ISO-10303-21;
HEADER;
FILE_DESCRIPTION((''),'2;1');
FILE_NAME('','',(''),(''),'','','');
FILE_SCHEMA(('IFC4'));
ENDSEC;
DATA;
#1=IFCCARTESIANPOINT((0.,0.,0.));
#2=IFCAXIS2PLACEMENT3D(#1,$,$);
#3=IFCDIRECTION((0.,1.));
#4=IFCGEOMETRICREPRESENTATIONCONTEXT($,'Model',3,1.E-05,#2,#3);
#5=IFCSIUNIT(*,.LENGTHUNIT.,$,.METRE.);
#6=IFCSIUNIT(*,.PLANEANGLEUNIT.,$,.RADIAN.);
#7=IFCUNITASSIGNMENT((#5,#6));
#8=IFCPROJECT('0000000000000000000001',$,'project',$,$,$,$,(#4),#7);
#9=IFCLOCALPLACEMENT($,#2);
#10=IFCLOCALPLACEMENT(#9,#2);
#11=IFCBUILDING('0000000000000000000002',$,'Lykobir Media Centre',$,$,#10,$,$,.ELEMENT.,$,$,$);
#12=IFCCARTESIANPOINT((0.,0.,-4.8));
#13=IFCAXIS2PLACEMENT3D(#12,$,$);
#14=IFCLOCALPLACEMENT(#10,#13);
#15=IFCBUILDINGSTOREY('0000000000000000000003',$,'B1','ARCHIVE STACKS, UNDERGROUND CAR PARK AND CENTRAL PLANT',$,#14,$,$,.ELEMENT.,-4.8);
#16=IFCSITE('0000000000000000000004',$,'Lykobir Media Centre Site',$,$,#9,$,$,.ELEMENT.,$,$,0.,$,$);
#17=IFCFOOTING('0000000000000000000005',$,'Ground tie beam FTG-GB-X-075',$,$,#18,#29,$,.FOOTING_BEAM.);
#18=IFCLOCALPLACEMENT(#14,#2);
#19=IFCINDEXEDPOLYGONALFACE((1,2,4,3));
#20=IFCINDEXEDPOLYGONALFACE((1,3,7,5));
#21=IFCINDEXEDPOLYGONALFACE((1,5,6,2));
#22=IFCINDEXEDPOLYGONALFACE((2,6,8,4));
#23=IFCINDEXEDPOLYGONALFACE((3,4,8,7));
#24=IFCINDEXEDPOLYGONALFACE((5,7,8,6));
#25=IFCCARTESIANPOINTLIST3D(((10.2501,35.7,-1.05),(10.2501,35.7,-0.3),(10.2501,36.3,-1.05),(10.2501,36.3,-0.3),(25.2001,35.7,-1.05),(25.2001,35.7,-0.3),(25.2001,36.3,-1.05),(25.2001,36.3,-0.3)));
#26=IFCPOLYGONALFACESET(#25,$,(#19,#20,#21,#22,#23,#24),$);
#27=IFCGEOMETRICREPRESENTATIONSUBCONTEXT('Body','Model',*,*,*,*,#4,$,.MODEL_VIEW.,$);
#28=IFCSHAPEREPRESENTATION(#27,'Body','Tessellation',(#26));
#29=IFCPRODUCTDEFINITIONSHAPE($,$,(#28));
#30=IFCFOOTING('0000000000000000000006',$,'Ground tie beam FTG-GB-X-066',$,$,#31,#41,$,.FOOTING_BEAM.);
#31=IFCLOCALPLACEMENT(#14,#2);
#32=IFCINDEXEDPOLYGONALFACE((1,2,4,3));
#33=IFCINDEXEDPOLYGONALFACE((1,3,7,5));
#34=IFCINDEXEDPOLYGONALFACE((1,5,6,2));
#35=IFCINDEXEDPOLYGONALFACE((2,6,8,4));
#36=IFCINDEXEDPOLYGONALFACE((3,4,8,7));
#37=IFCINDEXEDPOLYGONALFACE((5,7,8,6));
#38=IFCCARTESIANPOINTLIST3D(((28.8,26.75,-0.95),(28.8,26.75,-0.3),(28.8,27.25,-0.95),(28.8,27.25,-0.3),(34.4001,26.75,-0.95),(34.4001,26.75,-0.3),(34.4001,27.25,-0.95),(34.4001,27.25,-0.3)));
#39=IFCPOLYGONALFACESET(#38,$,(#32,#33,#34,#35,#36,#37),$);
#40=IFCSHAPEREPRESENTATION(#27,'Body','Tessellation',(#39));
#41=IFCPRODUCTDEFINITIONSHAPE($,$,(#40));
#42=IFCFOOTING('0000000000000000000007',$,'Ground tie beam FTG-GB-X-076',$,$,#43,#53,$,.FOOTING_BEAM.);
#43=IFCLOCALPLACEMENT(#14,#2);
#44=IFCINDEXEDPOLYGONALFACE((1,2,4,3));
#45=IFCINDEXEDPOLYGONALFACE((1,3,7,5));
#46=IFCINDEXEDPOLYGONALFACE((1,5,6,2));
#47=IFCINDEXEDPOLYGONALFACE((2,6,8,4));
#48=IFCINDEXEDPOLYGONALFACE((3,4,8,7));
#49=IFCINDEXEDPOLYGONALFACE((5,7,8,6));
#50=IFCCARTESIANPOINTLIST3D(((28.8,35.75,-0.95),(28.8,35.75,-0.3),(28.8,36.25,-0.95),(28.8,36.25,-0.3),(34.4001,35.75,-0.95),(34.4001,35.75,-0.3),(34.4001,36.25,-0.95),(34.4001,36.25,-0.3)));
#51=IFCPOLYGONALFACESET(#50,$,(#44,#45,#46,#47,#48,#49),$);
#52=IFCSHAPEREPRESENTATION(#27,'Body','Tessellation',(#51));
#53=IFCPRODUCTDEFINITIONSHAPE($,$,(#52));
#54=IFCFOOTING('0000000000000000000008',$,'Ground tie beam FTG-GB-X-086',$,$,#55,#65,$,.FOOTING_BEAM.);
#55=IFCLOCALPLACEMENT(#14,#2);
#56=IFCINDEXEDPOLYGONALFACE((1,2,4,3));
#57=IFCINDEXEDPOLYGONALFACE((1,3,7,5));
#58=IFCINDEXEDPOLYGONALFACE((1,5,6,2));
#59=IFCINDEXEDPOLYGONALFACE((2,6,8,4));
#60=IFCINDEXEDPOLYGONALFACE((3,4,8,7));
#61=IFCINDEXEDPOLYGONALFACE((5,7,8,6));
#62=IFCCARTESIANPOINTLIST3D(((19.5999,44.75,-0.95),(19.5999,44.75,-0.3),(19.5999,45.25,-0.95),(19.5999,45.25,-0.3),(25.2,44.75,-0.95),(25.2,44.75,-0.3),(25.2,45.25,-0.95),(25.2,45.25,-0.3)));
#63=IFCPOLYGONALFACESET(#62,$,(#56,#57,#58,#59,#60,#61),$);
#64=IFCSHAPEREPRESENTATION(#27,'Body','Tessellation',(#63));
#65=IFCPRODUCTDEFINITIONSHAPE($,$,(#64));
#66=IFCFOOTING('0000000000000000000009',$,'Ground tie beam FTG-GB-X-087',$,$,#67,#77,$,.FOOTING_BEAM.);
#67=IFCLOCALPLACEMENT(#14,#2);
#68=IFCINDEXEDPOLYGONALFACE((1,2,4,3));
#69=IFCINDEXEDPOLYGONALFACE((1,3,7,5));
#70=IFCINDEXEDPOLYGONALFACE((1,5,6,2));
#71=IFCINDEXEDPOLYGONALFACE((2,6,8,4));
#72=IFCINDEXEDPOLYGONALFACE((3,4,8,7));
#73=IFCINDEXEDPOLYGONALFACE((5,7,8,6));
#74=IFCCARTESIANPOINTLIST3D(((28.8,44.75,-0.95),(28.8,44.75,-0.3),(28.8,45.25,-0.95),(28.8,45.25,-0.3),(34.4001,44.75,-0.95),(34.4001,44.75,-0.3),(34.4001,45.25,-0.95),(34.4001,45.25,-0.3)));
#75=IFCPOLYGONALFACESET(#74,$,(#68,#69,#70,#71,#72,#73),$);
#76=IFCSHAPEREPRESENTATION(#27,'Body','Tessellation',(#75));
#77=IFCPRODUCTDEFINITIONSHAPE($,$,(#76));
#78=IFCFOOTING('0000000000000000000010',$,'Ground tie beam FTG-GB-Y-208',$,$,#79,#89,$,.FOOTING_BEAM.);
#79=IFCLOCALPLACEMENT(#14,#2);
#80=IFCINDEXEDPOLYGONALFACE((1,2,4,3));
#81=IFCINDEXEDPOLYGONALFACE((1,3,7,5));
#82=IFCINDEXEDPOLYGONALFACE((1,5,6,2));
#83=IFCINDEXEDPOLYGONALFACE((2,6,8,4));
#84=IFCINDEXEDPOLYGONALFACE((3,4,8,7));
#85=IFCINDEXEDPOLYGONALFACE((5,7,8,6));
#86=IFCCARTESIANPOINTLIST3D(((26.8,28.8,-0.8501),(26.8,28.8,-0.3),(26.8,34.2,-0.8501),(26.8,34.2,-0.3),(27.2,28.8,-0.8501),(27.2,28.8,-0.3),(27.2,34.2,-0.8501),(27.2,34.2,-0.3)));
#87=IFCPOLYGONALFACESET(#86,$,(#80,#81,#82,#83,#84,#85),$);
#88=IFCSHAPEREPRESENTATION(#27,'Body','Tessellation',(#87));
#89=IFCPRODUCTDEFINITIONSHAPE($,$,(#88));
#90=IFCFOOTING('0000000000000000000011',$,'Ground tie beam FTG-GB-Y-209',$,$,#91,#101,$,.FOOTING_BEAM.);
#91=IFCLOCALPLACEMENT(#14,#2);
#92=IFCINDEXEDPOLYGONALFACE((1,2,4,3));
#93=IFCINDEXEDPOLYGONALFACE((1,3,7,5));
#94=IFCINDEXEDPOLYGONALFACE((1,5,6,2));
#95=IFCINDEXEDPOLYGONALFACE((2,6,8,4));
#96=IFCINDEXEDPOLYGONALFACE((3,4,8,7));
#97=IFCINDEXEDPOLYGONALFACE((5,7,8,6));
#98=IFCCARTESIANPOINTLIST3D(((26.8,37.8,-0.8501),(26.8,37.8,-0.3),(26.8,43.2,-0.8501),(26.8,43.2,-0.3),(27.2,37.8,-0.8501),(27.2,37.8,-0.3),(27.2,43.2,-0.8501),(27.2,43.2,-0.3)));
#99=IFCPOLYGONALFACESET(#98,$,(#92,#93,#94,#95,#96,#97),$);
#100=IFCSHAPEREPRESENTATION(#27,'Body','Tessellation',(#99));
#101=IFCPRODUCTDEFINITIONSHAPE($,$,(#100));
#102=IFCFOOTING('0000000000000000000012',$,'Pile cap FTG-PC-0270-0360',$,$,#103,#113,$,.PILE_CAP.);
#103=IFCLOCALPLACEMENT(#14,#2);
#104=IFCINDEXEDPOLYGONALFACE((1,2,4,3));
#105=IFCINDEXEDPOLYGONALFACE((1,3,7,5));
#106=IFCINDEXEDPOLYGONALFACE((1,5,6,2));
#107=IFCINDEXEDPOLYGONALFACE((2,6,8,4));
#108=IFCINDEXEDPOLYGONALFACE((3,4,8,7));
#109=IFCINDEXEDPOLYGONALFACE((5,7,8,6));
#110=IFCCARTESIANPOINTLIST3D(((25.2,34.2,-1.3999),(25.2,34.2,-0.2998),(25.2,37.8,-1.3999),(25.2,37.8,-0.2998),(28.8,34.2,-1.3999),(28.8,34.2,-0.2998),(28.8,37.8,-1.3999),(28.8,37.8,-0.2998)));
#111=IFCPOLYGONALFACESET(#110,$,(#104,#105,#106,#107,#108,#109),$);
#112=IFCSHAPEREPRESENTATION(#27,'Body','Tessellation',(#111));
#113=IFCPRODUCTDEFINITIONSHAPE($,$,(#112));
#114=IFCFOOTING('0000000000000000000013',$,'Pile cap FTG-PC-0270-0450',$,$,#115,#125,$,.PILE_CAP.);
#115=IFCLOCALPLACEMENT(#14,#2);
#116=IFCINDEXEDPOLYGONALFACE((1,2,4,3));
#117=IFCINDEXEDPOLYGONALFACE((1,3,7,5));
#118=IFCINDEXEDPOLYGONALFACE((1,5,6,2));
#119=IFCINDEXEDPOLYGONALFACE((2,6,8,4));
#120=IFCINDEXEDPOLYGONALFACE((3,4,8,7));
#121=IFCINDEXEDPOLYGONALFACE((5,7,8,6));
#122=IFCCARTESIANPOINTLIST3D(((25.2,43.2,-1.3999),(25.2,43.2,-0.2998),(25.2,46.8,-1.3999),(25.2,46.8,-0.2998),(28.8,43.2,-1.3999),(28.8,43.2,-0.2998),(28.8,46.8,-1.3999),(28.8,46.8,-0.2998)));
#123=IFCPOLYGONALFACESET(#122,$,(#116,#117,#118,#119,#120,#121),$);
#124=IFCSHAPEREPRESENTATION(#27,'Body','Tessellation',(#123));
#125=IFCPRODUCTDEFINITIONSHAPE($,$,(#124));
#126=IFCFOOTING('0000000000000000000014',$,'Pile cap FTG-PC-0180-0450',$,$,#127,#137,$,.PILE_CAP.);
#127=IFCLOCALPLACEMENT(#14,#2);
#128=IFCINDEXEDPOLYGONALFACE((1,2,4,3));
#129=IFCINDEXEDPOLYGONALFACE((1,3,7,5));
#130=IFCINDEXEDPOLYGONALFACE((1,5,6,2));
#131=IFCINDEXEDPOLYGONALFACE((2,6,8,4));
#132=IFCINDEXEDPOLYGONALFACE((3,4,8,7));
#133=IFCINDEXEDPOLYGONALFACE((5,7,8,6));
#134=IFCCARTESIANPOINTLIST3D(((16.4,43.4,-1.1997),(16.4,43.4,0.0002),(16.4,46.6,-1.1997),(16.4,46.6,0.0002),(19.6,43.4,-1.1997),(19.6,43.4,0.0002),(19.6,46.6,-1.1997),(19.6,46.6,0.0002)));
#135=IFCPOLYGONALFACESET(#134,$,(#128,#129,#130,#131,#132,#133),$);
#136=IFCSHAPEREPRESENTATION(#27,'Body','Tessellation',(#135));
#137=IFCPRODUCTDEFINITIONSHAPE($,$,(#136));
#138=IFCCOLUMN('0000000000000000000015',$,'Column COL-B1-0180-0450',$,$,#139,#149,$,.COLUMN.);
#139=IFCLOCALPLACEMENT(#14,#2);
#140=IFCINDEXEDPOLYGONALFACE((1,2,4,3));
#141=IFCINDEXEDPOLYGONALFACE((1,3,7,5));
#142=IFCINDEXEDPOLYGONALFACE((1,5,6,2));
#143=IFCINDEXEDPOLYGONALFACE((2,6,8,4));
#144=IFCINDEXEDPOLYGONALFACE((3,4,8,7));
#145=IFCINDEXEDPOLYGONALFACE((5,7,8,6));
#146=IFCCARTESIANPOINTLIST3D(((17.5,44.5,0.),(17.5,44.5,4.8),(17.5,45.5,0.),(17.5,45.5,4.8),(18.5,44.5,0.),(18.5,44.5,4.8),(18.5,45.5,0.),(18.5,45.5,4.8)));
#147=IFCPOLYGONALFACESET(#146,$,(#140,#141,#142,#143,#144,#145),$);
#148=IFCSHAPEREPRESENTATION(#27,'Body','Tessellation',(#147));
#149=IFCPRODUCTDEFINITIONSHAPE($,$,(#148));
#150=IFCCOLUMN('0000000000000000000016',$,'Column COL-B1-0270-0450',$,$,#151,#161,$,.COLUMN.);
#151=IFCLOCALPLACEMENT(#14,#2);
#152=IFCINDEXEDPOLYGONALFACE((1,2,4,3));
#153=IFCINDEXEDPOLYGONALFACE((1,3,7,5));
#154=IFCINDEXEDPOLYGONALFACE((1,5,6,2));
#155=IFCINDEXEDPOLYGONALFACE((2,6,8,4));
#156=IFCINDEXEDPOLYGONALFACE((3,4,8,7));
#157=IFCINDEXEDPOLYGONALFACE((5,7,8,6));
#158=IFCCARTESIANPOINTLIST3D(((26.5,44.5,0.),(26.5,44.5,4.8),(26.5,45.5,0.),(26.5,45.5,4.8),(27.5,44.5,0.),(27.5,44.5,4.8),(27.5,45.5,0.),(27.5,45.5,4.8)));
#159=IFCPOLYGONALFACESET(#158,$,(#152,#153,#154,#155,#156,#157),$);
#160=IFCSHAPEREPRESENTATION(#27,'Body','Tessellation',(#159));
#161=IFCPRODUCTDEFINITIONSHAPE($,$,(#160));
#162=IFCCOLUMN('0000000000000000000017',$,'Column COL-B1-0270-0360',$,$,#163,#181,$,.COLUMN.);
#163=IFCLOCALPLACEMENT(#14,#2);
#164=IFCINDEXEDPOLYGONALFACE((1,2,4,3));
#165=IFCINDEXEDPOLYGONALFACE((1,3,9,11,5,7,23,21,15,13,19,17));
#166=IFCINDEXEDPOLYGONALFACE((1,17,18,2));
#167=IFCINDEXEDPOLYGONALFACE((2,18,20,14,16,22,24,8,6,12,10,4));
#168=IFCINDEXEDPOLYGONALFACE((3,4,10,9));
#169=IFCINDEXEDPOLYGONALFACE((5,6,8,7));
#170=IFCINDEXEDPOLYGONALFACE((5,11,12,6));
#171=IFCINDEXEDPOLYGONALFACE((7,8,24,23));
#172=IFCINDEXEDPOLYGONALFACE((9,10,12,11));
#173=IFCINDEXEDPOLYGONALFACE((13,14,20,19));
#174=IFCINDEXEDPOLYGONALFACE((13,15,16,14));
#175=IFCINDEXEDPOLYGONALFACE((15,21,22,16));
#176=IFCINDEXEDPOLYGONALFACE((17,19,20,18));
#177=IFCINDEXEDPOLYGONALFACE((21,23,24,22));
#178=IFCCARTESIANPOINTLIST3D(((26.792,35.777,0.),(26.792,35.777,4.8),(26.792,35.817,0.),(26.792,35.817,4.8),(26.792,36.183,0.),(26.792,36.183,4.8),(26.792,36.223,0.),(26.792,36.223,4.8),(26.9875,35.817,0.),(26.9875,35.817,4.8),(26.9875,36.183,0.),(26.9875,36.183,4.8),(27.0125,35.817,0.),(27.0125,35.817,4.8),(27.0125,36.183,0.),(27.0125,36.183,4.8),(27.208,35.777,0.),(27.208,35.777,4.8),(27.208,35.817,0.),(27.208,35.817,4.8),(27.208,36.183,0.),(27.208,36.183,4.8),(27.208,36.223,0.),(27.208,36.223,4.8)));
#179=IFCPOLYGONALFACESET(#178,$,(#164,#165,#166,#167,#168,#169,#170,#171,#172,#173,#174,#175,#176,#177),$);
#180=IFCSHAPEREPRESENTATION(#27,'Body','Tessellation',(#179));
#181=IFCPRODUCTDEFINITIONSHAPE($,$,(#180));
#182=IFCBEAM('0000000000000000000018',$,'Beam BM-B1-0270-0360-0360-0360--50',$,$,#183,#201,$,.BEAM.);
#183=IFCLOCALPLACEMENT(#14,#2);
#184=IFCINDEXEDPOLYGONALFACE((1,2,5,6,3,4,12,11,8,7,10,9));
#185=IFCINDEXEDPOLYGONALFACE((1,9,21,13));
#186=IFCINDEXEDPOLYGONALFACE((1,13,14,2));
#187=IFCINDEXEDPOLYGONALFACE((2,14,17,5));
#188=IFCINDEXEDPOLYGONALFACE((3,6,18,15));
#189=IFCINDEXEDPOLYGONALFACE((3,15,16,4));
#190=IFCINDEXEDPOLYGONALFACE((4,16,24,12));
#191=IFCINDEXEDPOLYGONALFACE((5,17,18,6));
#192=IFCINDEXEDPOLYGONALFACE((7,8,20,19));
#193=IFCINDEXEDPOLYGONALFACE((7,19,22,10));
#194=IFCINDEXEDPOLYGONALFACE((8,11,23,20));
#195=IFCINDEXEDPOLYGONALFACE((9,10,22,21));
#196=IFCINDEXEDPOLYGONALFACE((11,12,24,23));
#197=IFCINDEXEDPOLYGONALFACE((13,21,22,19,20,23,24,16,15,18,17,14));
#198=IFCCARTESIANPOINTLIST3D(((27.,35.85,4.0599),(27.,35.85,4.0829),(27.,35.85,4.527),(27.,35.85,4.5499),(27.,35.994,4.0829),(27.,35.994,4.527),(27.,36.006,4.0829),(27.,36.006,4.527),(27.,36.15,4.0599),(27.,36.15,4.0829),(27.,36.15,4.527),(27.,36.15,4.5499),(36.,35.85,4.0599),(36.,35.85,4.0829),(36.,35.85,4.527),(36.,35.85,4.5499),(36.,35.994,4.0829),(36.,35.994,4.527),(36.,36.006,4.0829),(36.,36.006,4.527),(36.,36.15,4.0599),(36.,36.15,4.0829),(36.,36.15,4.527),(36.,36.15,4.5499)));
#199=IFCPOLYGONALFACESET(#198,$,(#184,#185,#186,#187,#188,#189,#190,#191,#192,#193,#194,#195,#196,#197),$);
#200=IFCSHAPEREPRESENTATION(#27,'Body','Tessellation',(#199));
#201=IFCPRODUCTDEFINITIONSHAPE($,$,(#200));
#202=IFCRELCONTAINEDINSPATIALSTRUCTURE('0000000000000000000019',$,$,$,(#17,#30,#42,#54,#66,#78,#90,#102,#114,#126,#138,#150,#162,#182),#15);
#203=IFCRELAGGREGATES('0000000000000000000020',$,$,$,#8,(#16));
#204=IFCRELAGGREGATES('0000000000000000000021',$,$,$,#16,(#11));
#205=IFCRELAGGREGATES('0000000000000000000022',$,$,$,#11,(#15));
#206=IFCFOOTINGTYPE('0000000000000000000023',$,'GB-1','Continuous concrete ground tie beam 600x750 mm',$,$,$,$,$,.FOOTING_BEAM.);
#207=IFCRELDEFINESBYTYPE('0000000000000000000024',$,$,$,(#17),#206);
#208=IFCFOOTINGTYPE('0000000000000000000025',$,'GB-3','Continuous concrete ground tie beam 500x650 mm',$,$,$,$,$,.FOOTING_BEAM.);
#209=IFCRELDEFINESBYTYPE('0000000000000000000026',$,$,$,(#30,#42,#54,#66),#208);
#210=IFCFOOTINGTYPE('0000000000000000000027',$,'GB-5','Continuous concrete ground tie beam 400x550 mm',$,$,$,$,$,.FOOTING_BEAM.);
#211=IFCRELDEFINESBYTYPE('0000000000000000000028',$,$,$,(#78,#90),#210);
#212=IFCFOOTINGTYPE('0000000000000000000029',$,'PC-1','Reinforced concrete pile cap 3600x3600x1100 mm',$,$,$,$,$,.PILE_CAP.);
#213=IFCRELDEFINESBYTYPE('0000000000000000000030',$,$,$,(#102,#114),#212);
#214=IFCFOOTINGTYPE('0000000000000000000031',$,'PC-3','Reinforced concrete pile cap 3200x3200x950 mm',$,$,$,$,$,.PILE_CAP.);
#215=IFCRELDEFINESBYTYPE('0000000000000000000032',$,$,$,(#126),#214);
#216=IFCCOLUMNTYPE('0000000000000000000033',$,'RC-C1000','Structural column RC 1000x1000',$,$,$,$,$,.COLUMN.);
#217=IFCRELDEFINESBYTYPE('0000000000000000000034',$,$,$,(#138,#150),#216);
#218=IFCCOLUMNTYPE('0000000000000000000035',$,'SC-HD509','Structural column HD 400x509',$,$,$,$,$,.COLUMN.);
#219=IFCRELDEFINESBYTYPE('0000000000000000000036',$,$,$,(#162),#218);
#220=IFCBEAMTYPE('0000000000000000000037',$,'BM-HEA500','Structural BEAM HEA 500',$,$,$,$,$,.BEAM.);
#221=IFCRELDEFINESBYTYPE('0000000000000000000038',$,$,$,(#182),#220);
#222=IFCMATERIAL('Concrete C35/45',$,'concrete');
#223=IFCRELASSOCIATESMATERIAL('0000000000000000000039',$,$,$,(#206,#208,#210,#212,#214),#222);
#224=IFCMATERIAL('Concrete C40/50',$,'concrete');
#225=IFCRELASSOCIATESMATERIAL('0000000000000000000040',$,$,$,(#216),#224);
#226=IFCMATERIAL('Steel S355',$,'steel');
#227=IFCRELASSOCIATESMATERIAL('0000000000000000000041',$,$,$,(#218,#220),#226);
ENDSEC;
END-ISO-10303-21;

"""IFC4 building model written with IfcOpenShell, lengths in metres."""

from ifc_helpers import new_model, si_unit, direction, frame, origin, origin_2d, place, context, subcontext, project, spatial, rectangle, i_section, extrude, material, material_profile, profile_set, type_object, element, save


model = new_model("IFC4")

# Units and contexts
model_context = context("Model", 3, precision=1e-05, world=origin(), true_north=direction((0.0, 1.0)))
body_context = subcontext(model_context, "Body", "Model", "MODEL_VIEW")
ifc_project = project(units=[si_unit("LENGTHUNIT", "METRE"), si_unit("PLANEANGLEUNIT", "RADIAN")], contexts=[model_context])

# Site, building, storey
site_placement = place(None, origin())
site = spatial("IfcSite", under=ifc_project, at=site_placement, Name="Lykobir Media Centre Site", CompositionType="ELEMENT", RefElevation=0.0)
building_placement = place(site_placement, origin())
building = spatial("IfcBuilding", under=site, at=building_placement, Name="Lykobir Media Centre", CompositionType="ELEMENT")
storey_placement = place(building_placement, frame((0.0, 0.0, -4.8)))
storey = spatial("IfcBuildingStorey", under=building, at=storey_placement, Name="B1", Description="ARCHIVE STACKS, UNDERGROUND CAR PARK AND CENTRAL PLANT", CompositionType="ELEMENT", Elevation=-4.8)

# Footings
ifc_material_1 = material(Name="Concrete C35/45", Category="concrete")
footing_type_1 = type_object("IfcFootingType", Name="GB-1", Description="Continuous concrete ground tie beam 600x750 mm", PredefinedType="FOOTING_BEAM", material=ifc_material_1)
footing_1_placement = place(storey_placement, frame((17.7251, 36.0, -1.05), z_axis=(0.0, 0.0, 1.0), x_axis=(1.0, 0.0, 0.0)))
element("IfcFooting", 1, at=footing_1_placement, inside=storey, type_object=footing_type_1, Name="Ground tie beam FTG-GB-X-075", PredefinedType="FOOTING_BEAM", context=body_context, shape_type="SweptSolid", body=[
    extrude(rectangle(XDim=14.95, YDim=0.6001, at=origin_2d()), origin(), (0.0, 0.0, 1.0), 0.75),
])
footing_type_2 = type_object("IfcFootingType", Name="GB-3", Description="Continuous concrete ground tie beam 500x650 mm", PredefinedType="FOOTING_BEAM", material=ifc_material_1)
for number, where, z_axis, x_axis, name in (
    (2, (31.6001, 27.0, -0.95), (0.0, 0.0, 1.0), (1.0, 0.0, 0.0), "Ground tie beam FTG-GB-X-066"),
    (3, (31.6001, 36.0, -0.95), (0.0, 0.0, 1.0), (1.0, 0.0, 0.0), "Ground tie beam FTG-GB-X-076"),
    (4, (22.3999, 45.0, -0.95), (0.0, 0.0, 1.0), (1.0, 0.0, 0.0), "Ground tie beam FTG-GB-X-086"),
    (5, (31.6001, 45.0, -0.95), (0.0, 0.0, 1.0), (1.0, 0.0, 0.0), "Ground tie beam FTG-GB-X-087"),
):
    element("IfcFooting", number, at=place(storey_placement, frame(where, z_axis=z_axis, x_axis=x_axis)), inside=storey, type_object=footing_type_2, Name=name, PredefinedType="FOOTING_BEAM", context=body_context, shape_type="SweptSolid", body=[
        extrude(rectangle(XDim=5.6001, YDim=0.5, at=origin_2d()), origin(), (0.0, 0.0, 1.0), 0.6499),
    ])
footing_type_3 = type_object("IfcFootingType", Name="GB-5", Description="Continuous concrete ground tie beam 400x550 mm", PredefinedType="FOOTING_BEAM", material=ifc_material_1)
for number, where, z_axis, x_axis, name in (
    (6, (27.0, 31.5, -0.8501), (0.0, 0.0, 1.0), (0.0, 1.0, 0.0), "Ground tie beam FTG-GB-Y-208"),
    (7, (27.0, 40.5, -0.8501), (0.0, 0.0, 1.0), (0.0, 1.0, 0.0), "Ground tie beam FTG-GB-Y-209"),
):
    element("IfcFooting", number, at=place(storey_placement, frame(where, z_axis=z_axis, x_axis=x_axis)), inside=storey, type_object=footing_type_3, Name=name, PredefinedType="FOOTING_BEAM", context=body_context, shape_type="SweptSolid", body=[
        extrude(rectangle(XDim=5.3999, YDim=0.3999, at=origin_2d()), origin(), (0.0, 0.0, 1.0), 0.55),
    ])
footing_type_4 = type_object("IfcFootingType", Name="PC-1", Description="Reinforced concrete pile cap 3600x3600x1100 mm", PredefinedType="PILE_CAP", material=ifc_material_1)
for number, where, z_axis, x_axis, name in (
    (8, (27.0, 36.0, -1.3999), (0.0, 0.0, 1.0), (1.0, 0.0, 0.0), "Pile cap FTG-PC-0270-0360"),
    (9, (27.0, 45.0, -1.3999), (0.0, 0.0, 1.0), (1.0, 0.0, 0.0), "Pile cap FTG-PC-0270-0450"),
):
    element("IfcFooting", number, at=place(storey_placement, frame(where, z_axis=z_axis, x_axis=x_axis)), inside=storey, type_object=footing_type_4, Name=name, PredefinedType="PILE_CAP", context=body_context, shape_type="SweptSolid", body=[
        extrude(rectangle(XDim=3.6001, YDim=3.6001, at=origin_2d()), origin(), (0.0, 0.0, 1.0), 1.1001),
    ])
footing_type_5 = type_object("IfcFootingType", Name="PC-3", Description="Reinforced concrete pile cap 3200x3200x950 mm", PredefinedType="PILE_CAP", material=ifc_material_1)
footing_2_placement = place(storey_placement, frame((18.0, 45.0, -1.1997), z_axis=(0.0, 0.0, 1.0), x_axis=(1.0, 0.0, 0.0)))
element("IfcFooting", 10, at=footing_2_placement, inside=storey, type_object=footing_type_5, Name="Pile cap FTG-PC-0180-0450", PredefinedType="PILE_CAP", context=body_context, shape_type="SweptSolid", body=[
    extrude(rectangle(XDim=3.2, YDim=3.2, at=origin_2d()), origin(), (0.0, 0.0, 1.0), 1.2),
])

# Columns
ifc_material_2 = material(Name="Concrete C40/50", Category="concrete")
ifc_material_profile_1 = material_profile(ifc_material_2, rectangle(XDim=1.0, YDim=1.0, at=origin_2d()), Name="RC 1000x1000")
ifc_profile_set_1 = profile_set([ifc_material_profile_1], Name="Concrete C40/50")
column_type_1 = type_object("IfcColumnType", Name="RC-C1000", Description="Structural column RC 1000x1000", PredefinedType="COLUMN", material=ifc_profile_set_1)
for number, where, z_axis, x_axis, name in (
    (11, (18.0, 45.0, 0.0), (0.0, 0.0, 1.0), (1.0, 0.0, 0.0), "Column COL-B1-0180-0450"),
    (12, (27.0, 45.0, 0.0), (0.0, 0.0, 1.0), (1.0, 0.0, 0.0), "Column COL-B1-0270-0450"),
):
    element("IfcColumn", number, at=place(storey_placement, frame(where, z_axis=z_axis, x_axis=x_axis)), inside=storey, type_object=column_type_1, Name=name, PredefinedType="COLUMN", context=body_context, shape_type="SweptSolid", body=[
        extrude(rectangle(XDim=1.0, YDim=1.0, at=origin_2d()), origin(), (0.0, 0.0, 1.0), 4.8),
    ])
ifc_material_3 = material(Name="Steel S355", Category="steel")
ifc_material_profile_2 = material_profile(ifc_material_3, i_section(OverallWidth=0.416, OverallDepth=0.446, WebThickness=0.0249, FlangeThickness=0.04, at=origin_2d()), Name="HD 400x509")
ifc_profile_set_2 = profile_set([ifc_material_profile_2], Name="Steel S355")
column_type_2 = type_object("IfcColumnType", Name="SC-HD509", Description="Structural column HD 400x509", PredefinedType="COLUMN", material=ifc_profile_set_2)
column_placement = place(storey_placement, frame((27.0, 36.0, 0.0), z_axis=(0.0, 0.0, 1.0), x_axis=(1.0, 0.0, 0.0)))
element("IfcColumn", 13, at=column_placement, inside=storey, type_object=column_type_2, Name="Column COL-B1-0270-0360", PredefinedType="COLUMN", context=body_context, shape_type="SweptSolid", body=[
    extrude(i_section(OverallWidth=0.416, OverallDepth=0.446, WebThickness=0.0249, FlangeThickness=0.04, at=origin_2d()), origin(), (0.0, 0.0, 1.0), 4.8),
])

# Beam
ifc_material_profile_3 = material_profile(ifc_material_3, i_section(OverallWidth=0.3, OverallDepth=0.49, WebThickness=0.012, FlangeThickness=0.0229, at=origin_2d()), Name="HEA 500")
ifc_profile_set_3 = profile_set([ifc_material_profile_3], Name="Steel S355")
beam_type_1 = type_object("IfcBeamType", Name="BM-HEA500", Description="Structural BEAM HEA 500", PredefinedType="BEAM", material=ifc_profile_set_3)
beam_placement = place(storey_placement, frame((27.0, 36.0, 4.3049), z_axis=(1.0, 0.0, 0.0), x_axis=(0.0, 1.0, 0.0)))
element("IfcBeam", 14, at=beam_placement, inside=storey, type_object=beam_type_1, Name="Beam BM-B1-0270-0360-0360-0360--50", PredefinedType="BEAM", context=body_context, shape_type="SweptSolid", body=[
    extrude(i_section(OverallWidth=0.3, OverallDepth=0.49, WebThickness=0.012, FlangeThickness=0.0229, at=origin_2d()), origin(), (0.0, 0.0, 1.0), 9.0),
])

save(model, "model.ifc")
